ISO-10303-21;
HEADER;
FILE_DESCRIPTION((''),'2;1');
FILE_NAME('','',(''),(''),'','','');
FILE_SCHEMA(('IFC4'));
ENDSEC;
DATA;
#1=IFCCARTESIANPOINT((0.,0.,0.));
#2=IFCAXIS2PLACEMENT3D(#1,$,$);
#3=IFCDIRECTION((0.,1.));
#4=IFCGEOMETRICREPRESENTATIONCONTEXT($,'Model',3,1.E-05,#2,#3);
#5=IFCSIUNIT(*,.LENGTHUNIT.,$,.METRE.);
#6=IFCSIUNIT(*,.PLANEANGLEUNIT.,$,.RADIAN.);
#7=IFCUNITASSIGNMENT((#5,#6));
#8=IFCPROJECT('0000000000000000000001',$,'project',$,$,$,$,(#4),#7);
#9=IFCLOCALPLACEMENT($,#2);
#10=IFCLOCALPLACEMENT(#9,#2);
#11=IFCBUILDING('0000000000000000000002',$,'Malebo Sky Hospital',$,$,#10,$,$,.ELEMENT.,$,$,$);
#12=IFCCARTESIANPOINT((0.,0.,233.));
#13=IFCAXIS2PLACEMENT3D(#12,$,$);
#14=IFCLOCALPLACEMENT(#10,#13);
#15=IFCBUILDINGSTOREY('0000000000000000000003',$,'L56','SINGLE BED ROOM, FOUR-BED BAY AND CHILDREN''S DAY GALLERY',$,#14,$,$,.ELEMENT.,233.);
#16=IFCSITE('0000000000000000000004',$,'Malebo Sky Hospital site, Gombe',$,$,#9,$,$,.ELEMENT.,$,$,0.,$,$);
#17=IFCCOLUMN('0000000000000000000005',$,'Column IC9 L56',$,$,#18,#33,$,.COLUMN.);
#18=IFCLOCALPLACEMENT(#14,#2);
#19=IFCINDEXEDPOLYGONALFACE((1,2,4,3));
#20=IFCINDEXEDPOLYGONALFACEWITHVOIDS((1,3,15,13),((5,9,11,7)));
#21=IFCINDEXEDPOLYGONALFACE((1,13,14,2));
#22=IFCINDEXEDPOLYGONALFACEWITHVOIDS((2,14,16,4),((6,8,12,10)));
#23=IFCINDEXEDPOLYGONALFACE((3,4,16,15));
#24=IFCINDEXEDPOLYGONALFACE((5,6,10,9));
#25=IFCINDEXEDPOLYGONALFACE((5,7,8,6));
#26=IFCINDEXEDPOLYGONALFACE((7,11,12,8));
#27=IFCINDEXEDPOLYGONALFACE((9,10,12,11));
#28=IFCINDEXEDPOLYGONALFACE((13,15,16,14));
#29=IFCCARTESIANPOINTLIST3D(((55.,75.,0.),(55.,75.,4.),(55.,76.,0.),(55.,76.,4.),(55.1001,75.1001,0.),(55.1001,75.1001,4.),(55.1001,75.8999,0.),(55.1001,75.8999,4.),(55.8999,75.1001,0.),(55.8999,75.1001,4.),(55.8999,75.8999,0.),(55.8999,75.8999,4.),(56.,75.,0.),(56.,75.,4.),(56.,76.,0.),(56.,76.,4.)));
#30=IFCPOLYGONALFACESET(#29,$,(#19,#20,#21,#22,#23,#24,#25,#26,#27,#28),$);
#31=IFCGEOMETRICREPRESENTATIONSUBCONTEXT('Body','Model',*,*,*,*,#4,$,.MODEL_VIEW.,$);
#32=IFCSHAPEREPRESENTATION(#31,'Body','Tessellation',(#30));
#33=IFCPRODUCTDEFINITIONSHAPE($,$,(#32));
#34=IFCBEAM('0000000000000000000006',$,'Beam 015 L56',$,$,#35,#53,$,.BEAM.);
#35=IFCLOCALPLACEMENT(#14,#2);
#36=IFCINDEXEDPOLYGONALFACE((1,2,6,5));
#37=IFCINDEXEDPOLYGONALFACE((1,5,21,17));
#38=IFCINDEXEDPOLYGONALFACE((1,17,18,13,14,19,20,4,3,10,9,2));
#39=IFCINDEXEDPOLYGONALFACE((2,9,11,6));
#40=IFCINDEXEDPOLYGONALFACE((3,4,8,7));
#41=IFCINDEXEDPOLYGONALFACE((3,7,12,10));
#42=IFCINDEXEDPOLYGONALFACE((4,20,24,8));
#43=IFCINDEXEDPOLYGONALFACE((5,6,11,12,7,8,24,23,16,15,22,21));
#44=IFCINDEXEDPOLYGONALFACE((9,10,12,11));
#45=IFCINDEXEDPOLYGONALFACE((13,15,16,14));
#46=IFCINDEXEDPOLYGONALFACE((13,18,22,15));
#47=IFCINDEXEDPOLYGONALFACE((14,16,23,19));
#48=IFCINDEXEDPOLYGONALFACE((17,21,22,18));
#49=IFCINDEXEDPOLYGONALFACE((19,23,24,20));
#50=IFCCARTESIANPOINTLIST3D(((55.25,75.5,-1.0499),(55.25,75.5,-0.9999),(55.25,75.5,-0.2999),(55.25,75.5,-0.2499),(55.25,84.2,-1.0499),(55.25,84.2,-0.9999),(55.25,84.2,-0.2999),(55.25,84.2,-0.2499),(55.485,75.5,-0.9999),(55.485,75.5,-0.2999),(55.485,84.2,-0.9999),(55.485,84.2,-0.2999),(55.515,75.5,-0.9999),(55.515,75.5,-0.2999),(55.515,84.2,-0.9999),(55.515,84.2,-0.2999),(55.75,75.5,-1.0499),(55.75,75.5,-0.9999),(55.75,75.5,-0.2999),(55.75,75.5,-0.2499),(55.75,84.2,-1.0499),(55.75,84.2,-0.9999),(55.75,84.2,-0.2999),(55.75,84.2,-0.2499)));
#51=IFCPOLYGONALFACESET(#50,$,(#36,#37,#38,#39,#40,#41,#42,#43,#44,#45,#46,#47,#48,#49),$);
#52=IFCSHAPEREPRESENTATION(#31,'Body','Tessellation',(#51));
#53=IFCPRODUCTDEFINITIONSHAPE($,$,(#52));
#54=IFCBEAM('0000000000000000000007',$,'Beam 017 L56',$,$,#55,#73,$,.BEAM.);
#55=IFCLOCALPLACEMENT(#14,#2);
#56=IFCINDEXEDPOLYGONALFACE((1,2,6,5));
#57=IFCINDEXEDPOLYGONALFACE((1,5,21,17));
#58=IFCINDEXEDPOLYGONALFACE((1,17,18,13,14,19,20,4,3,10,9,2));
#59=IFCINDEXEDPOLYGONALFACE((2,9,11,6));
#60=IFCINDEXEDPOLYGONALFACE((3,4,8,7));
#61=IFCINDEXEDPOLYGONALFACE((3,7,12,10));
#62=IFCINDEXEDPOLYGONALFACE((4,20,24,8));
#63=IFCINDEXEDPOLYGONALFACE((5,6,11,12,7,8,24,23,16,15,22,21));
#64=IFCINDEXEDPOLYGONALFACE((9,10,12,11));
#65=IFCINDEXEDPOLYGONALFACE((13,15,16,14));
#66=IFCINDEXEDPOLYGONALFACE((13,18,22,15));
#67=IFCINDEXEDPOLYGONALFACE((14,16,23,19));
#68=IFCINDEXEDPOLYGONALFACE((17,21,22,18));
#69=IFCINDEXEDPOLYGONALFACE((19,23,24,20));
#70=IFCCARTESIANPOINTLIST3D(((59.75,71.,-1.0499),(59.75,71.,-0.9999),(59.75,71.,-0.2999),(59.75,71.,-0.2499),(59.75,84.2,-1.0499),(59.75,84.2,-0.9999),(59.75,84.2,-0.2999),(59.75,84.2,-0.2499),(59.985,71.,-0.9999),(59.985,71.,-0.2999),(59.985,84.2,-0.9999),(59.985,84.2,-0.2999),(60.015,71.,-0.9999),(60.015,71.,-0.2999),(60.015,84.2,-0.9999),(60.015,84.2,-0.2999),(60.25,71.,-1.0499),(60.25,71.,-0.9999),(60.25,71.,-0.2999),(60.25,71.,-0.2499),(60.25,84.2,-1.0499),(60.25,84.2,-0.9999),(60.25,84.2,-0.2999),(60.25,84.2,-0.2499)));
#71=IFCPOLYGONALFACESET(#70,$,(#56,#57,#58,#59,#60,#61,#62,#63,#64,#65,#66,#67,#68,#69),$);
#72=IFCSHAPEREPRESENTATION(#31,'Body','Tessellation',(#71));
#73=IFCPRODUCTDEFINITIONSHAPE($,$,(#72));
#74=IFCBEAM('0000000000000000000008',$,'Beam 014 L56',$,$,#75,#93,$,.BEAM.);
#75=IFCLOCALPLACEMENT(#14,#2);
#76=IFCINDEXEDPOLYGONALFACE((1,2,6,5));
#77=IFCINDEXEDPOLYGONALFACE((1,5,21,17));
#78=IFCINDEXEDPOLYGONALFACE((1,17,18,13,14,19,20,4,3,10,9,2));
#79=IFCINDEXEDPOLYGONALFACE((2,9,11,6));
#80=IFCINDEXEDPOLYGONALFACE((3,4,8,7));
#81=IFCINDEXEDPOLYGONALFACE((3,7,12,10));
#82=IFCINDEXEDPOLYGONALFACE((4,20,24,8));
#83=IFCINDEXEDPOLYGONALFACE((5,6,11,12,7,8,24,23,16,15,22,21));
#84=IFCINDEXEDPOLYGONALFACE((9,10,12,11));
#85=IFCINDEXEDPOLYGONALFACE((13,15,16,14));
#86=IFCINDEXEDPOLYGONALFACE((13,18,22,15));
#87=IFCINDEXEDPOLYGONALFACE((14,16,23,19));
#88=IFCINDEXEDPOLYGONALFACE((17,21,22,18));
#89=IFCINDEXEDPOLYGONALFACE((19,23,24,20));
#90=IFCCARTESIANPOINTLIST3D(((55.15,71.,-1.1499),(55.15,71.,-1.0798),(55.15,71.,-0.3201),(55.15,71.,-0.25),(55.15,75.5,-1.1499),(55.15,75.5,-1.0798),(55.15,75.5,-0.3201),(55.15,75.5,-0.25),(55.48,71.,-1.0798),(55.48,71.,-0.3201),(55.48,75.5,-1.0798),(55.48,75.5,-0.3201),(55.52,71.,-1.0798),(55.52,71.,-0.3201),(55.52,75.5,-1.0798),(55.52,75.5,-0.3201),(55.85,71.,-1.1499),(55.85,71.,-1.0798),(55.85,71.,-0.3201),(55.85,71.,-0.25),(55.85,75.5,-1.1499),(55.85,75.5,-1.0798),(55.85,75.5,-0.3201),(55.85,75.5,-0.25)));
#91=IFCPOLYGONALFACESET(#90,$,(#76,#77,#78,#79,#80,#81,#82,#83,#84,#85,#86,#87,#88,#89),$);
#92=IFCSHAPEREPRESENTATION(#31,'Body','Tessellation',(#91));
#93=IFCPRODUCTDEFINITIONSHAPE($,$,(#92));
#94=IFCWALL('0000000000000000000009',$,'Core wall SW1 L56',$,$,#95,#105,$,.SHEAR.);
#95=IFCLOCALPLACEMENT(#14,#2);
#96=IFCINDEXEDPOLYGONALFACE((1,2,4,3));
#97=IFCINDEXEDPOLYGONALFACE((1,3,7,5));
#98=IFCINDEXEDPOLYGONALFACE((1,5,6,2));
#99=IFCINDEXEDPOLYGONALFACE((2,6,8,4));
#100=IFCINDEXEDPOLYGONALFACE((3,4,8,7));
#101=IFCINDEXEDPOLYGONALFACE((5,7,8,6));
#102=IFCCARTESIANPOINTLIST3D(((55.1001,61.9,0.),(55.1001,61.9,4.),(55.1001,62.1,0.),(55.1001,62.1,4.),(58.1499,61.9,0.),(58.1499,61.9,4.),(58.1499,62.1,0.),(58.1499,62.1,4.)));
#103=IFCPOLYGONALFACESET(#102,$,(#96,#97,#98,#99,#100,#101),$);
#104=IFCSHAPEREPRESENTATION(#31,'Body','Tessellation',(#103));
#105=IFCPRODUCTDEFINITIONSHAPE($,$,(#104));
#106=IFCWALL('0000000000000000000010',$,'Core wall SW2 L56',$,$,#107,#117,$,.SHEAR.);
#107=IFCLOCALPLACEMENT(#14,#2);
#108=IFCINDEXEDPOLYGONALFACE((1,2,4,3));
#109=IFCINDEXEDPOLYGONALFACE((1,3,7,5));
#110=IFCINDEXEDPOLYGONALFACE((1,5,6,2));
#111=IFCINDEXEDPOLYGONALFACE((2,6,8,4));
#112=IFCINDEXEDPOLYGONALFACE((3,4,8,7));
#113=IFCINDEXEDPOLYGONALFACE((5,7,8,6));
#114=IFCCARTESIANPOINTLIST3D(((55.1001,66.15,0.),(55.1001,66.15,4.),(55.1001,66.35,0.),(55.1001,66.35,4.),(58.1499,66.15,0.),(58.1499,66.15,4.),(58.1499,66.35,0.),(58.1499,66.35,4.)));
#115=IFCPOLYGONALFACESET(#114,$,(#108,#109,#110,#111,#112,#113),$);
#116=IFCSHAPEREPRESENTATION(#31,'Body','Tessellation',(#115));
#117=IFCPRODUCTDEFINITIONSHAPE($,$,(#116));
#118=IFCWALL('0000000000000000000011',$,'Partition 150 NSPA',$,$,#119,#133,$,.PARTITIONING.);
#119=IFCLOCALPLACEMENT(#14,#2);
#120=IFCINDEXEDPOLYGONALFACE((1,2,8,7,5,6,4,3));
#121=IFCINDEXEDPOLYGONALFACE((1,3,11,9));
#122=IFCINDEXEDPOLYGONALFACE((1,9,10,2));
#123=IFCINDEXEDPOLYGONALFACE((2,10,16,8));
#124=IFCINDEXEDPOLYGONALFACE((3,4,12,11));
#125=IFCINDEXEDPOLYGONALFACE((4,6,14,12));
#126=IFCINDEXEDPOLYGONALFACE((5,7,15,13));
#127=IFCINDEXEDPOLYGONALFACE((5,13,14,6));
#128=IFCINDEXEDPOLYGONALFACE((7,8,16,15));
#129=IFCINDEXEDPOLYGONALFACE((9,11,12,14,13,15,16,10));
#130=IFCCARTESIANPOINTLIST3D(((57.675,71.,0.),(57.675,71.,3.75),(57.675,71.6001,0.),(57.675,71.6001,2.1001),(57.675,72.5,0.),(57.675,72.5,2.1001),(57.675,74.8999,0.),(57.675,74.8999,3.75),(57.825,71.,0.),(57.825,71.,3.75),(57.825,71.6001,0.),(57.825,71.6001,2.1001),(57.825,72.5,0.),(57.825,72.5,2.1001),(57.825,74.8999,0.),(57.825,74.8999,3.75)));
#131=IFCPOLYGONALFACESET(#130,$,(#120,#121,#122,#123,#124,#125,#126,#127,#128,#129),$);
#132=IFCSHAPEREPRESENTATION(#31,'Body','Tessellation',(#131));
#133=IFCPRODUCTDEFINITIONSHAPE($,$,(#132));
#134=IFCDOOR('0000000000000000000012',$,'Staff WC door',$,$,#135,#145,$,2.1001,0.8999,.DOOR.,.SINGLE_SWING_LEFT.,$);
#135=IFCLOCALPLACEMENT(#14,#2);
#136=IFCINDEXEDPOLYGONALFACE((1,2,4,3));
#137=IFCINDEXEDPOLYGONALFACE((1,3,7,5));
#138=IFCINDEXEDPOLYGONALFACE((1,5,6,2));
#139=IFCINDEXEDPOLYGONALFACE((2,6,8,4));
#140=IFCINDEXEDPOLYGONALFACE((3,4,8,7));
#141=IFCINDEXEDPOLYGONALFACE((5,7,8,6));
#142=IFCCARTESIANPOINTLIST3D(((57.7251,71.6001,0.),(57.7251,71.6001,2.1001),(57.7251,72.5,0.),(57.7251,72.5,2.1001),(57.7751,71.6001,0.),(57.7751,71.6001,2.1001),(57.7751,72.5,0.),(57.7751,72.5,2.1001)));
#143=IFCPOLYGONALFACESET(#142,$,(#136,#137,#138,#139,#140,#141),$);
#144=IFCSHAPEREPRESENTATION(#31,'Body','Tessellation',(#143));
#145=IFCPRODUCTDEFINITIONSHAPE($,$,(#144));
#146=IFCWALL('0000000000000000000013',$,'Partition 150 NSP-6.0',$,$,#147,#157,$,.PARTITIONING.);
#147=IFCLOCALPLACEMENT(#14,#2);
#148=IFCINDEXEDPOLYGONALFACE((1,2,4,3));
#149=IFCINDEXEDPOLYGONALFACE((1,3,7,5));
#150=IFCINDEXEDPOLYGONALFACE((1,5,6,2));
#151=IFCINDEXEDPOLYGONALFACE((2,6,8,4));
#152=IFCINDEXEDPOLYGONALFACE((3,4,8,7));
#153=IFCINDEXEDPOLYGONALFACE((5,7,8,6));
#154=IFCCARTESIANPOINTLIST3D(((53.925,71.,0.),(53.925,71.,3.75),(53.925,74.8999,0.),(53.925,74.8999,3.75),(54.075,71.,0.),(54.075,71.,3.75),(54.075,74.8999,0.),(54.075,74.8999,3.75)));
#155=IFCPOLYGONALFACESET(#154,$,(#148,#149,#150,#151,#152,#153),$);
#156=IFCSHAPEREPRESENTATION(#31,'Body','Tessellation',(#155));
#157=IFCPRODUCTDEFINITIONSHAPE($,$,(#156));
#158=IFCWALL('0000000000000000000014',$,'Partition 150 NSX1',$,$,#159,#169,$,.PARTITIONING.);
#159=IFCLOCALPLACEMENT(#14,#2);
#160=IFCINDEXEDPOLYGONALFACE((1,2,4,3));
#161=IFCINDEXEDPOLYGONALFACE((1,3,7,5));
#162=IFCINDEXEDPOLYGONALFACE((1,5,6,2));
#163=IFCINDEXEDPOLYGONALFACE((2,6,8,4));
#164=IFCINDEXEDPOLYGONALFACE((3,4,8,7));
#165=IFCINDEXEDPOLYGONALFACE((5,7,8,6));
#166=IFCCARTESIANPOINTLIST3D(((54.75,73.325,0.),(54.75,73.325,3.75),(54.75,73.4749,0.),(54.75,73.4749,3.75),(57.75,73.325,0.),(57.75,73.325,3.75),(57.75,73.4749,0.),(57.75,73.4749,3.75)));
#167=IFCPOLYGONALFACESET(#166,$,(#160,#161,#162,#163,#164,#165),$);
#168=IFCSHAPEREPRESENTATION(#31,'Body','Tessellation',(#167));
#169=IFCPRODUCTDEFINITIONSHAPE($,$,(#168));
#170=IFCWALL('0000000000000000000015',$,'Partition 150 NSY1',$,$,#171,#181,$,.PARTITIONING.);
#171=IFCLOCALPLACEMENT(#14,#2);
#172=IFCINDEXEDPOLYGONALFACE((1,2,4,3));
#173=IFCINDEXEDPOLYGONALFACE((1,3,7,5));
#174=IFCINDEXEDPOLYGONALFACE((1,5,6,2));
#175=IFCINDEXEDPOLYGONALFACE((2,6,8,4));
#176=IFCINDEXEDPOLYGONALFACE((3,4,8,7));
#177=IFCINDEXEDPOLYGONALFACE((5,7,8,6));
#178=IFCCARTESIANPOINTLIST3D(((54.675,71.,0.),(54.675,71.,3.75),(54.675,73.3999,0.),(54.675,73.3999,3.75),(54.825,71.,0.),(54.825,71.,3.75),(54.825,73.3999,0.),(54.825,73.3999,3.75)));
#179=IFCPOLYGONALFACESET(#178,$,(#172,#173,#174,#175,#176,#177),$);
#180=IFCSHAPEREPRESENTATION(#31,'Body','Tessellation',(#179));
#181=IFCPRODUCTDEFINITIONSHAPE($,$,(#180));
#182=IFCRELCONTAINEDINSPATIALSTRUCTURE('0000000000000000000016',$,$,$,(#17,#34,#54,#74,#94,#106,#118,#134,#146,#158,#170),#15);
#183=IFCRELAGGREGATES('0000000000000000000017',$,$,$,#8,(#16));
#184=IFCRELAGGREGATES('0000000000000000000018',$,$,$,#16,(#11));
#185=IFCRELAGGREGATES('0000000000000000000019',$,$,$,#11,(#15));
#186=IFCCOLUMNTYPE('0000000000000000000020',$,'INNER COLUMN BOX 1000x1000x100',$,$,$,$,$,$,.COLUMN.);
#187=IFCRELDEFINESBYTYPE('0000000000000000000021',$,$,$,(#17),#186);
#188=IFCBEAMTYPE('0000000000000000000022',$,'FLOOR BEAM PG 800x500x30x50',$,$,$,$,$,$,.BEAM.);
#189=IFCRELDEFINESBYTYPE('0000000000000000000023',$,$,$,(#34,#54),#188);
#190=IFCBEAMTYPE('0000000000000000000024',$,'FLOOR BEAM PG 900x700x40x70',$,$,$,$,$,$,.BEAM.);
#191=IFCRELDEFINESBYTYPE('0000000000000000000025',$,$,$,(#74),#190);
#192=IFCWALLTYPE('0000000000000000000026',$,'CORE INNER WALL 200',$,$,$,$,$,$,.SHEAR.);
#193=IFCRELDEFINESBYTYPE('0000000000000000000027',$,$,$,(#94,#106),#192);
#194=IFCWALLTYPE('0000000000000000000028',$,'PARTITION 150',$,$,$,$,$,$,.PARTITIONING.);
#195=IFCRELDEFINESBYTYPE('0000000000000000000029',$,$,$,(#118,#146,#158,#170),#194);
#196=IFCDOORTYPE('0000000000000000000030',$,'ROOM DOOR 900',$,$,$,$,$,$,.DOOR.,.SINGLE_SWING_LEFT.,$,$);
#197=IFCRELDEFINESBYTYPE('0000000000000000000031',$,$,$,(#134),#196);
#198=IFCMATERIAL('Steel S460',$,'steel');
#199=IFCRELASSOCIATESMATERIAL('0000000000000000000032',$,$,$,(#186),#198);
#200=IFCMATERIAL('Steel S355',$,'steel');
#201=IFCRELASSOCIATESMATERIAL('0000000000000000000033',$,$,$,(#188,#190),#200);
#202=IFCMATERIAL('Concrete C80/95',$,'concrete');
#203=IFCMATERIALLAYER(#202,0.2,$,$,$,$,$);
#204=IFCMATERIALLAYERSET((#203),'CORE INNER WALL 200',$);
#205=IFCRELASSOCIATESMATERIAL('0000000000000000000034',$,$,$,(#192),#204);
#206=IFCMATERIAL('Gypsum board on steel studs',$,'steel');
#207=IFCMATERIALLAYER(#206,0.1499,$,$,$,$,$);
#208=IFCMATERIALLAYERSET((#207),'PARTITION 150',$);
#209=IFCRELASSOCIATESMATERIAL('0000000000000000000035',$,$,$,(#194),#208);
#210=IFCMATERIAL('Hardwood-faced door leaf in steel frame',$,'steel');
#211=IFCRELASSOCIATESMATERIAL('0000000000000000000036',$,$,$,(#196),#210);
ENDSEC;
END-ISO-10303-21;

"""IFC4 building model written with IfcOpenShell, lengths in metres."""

from ifc_helpers import new_model, si_unit, direction, frame, frame_2d, origin, origin_2d, place, context, subcontext, project, spatial, rectangle, hollow_rectangle, i_section, extrude, material, layer, layer_set, material_profile, profile_set, type_object, element, fill, save


model = new_model("IFC4")

# Units and contexts
model_context = context("Model", 3, precision=1e-05, world=origin(), true_north=direction((0.0, 1.0)))
body_context = subcontext(model_context, "Body", "Model", "MODEL_VIEW")
ifc_project = project(units=[si_unit("LENGTHUNIT", "METRE"), si_unit("PLANEANGLEUNIT", "RADIAN")], contexts=[model_context])

# Site, building, storey
site_placement = place(None, origin())
site = spatial("IfcSite", under=ifc_project, at=site_placement, Name="Malebo Sky Hospital site, Gombe", CompositionType="ELEMENT", RefElevation=0.0)
building_placement = place(site_placement, origin())
building = spatial("IfcBuilding", under=site, at=building_placement, Name="Malebo Sky Hospital", CompositionType="ELEMENT")
storey_placement = place(building_placement, frame((0.0, 0.0, 233.0)))
storey = spatial("IfcBuildingStorey", under=building, at=storey_placement, Name="L56", Description="SINGLE BED ROOM, FOUR-BED BAY AND CHILDREN'S DAY GALLERY", CompositionType="ELEMENT", Elevation=233.0)

# Column
ifc_material_1 = material(Name="Steel S460", Category="steel")
ifc_material_profile_1 = material_profile(ifc_material_1, hollow_rectangle(XDim=1.0, YDim=1.0, WallThickness=0.1001, at=origin_2d()), Name="BOX 1000x1000x100")
ifc_profile_set_1 = profile_set([ifc_material_profile_1], Name="Steel S460")
column_type = type_object("IfcColumnType", Name="INNER COLUMN BOX 1000x1000x100", PredefinedType="COLUMN", material=ifc_profile_set_1)
column_placement = place(storey_placement, frame((55.5, 75.5, 0.0), z_axis=(0.0, 0.0, 1.0), x_axis=(1.0, 0.0, 0.0)))
element("IfcColumn", 1, at=column_placement, inside=storey, type_object=column_type, Name="Column IC9 L56", PredefinedType="COLUMN", context=body_context, shape_type="SweptSolid", body=[
    extrude(hollow_rectangle(XDim=1.0, YDim=1.0, WallThickness=0.1001, at=origin_2d()), origin(), (0.0, 0.0, 1.0), 4.0),
])

# Beams
ifc_material_2 = material(Name="Steel S355", Category="steel")
ifc_material_profile_2 = material_profile(ifc_material_2, i_section(OverallWidth=0.5, OverallDepth=0.8, WebThickness=0.03, FlangeThickness=0.05, at=origin_2d()), Name="PG 800x500x30x50")
ifc_profile_set_2 = profile_set([ifc_material_profile_2], Name="Steel S355")
beam_type_1 = type_object("IfcBeamType", Name="FLOOR BEAM PG 800x500x30x50", PredefinedType="BEAM", material=ifc_profile_set_2)
beam_1_placement = place(storey_placement, frame((55.5, 75.5, -0.6499), z_axis=(0.0, 1.0, 0.0), x_axis=(-1.0, 0.0, 0.0)))
element("IfcBeam", 2, at=beam_1_placement, inside=storey, type_object=beam_type_1, Name="Beam 015 L56", PredefinedType="BEAM", context=body_context, shape_type="SweptSolid", body=[
    extrude(i_section(OverallWidth=0.5, OverallDepth=0.8, WebThickness=0.03, FlangeThickness=0.05, at=origin_2d()), origin(), (0.0, 0.0, 1.0), 8.7),
])
beam_2_placement = place(storey_placement, frame((60.0, 71.0, -0.6499), z_axis=(0.0, 1.0, 0.0), x_axis=(-1.0, 0.0, 0.0)))
element("IfcBeam", 3, at=beam_2_placement, inside=storey, type_object=beam_type_1, Name="Beam 017 L56", PredefinedType="BEAM", context=body_context, shape_type="SweptSolid", body=[
    extrude(i_section(OverallWidth=0.5, OverallDepth=0.8, WebThickness=0.03, FlangeThickness=0.05, at=origin_2d()), origin(), (0.0, 0.0, 1.0), 13.2),
])
ifc_material_profile_3 = material_profile(ifc_material_2, i_section(OverallWidth=0.7, OverallDepth=0.8999, WebThickness=0.04, FlangeThickness=0.0701, at=origin_2d()), Name="PG 900x700x40x70")
ifc_profile_set_3 = profile_set([ifc_material_profile_3], Name="Steel S355")
beam_type_2 = type_object("IfcBeamType", Name="FLOOR BEAM PG 900x700x40x70", PredefinedType="BEAM", material=ifc_profile_set_3)
beam_3_placement = place(storey_placement, frame((55.5, 71.0, -0.7), z_axis=(0.0, 1.0, 0.0), x_axis=(-1.0, 0.0, 0.0)))
element("IfcBeam", 4, at=beam_3_placement, inside=storey, type_object=beam_type_2, Name="Beam 014 L56", PredefinedType="BEAM", context=body_context, shape_type="SweptSolid", body=[
    extrude(i_section(OverallWidth=0.7, OverallDepth=0.8999, WebThickness=0.04, FlangeThickness=0.0701, at=origin_2d()), origin(), (0.0, 0.0, 1.0), 4.5),
])

# Walls
ifc_material_3 = material(Name="Concrete C80/95", Category="concrete")
ifc_layer_1 = layer(ifc_material_3, 0.2)
ifc_layer_set_1 = layer_set([ifc_layer_1], Name="CORE INNER WALL 200")
wall_type_1 = type_object("IfcWallType", Name="CORE INNER WALL 200", PredefinedType="SHEAR", material=ifc_layer_set_1)
for number, where, z_axis, x_axis, name in (
    (5, (55.1001, 62.0, 0.0), (0.0, 0.0, 1.0), (1.0, 0.0, 0.0), "Core wall SW1 L56"),
    (6, (55.1001, 66.25, 0.0), (0.0, 0.0, 1.0), (1.0, 0.0, 0.0), "Core wall SW2 L56"),
):
    element("IfcWall", number, at=place(storey_placement, frame(where, z_axis=z_axis, x_axis=x_axis)), inside=storey, type_object=wall_type_1, Name=name, PredefinedType="SHEAR", context=body_context, shape_type="SweptSolid", body=[
        extrude(rectangle(XDim=3.0498, YDim=0.2, at=frame_2d((1.5249, 0.0))), origin(), (0.0, 0.0, 1.0), 4.0),
    ])

# Wall, opening, door
ifc_material_4 = material(Name="Gypsum board on steel studs", Category="steel")
ifc_layer_2 = layer(ifc_material_4, 0.1499)
ifc_layer_set_2 = layer_set([ifc_layer_2], Name="PARTITION 150")
wall_type_2 = type_object("IfcWallType", Name="PARTITION 150", PredefinedType="PARTITIONING", material=ifc_layer_set_2)
wall_1_placement = place(storey_placement, frame((57.75, 71.0, 0.0), z_axis=(0.0, 0.0, 1.0), x_axis=(0.0, 1.0, 0.0)))
wall_1 = element("IfcWall", 7, at=wall_1_placement, inside=storey, type_object=wall_type_2, Name="Partition 150 NSPA", PredefinedType="PARTITIONING", context=body_context, shape_type="SweptSolid", body=[
    extrude(rectangle(XDim=3.8999, YDim=0.1499, at=frame_2d((1.95, 0.0))), origin(), (0.0, 0.0, 1.0), 3.75),
])
opening_placement = place(wall_1_placement, frame((0.6001, 0.0, 0.0)))
opening = element("IfcOpeningElement", 8, at=opening_placement, cuts=wall_1, PredefinedType="OPENING", context=body_context, shape_type="SweptSolid", body=[
    extrude(rectangle(XDim=0.8999, YDim=2.1001, at=frame_2d((0.45, 1.05))), frame((0.0, 0.085, 0.0), z_axis=(0.0, -1.0, 0.0), x_axis=(1.0, 0.0, 0.0)), (0.0, 0.0, 1.0), 0.1699),
])
ifc_material_5 = material(Name="Hardwood-faced door leaf in steel frame", Category="steel")
door_type = type_object("IfcDoorType", Name="ROOM DOOR 900", OperationType="SINGLE_SWING_LEFT", PredefinedType="DOOR", material=ifc_material_5)
door_placement = place(opening_placement, origin())
door = element("IfcDoor", 9, at=door_placement, inside=storey, type_object=door_type, Name="Staff WC door", OperationType="SINGLE_SWING_LEFT", OverallHeight=2.1001, OverallWidth=0.8999, PredefinedType="DOOR", context=body_context, shape_type="SweptSolid", body=[
    extrude(rectangle(XDim=0.8999, YDim=2.1001, at=frame_2d((0.45, 1.05))), frame((0.0, 0.0249, 0.0), z_axis=(0.0, -1.0, 0.0), x_axis=(1.0, 0.0, 0.0)), (0.0, 0.0, 1.0), 0.05),
])
fill(opening, door)

# Walls
wall_2_placement = place(storey_placement, frame((54.0, 71.0, 0.0), z_axis=(0.0, 0.0, 1.0), x_axis=(0.0, 1.0, 0.0)))
element("IfcWall", 10, at=wall_2_placement, inside=storey, type_object=wall_type_2, Name="Partition 150 NSP-6.0", PredefinedType="PARTITIONING", context=body_context, shape_type="SweptSolid", body=[
    extrude(rectangle(XDim=3.8999, YDim=0.1499, at=frame_2d((1.95, 0.0))), origin(), (0.0, 0.0, 1.0), 3.75),
])
wall_3_placement = place(storey_placement, frame((54.75, 73.3999, 0.0), z_axis=(0.0, 0.0, 1.0), x_axis=(1.0, 0.0, 0.0)))
element("IfcWall", 11, at=wall_3_placement, inside=storey, type_object=wall_type_2, Name="Partition 150 NSX1", PredefinedType="PARTITIONING", context=body_context, shape_type="SweptSolid", body=[
    extrude(rectangle(XDim=3.0, YDim=0.1499, at=frame_2d((1.5, 0.0))), origin(), (0.0, 0.0, 1.0), 3.75),
])
wall_4_placement = place(storey_placement, frame((54.75, 71.0, 0.0), z_axis=(0.0, 0.0, 1.0), x_axis=(0.0, 1.0, 0.0)))
element("IfcWall", 12, at=wall_4_placement, inside=storey, type_object=wall_type_2, Name="Partition 150 NSY1", PredefinedType="PARTITIONING", context=body_context, shape_type="SweptSolid", body=[
    extrude(rectangle(XDim=2.3999, YDim=0.1499, at=frame_2d((1.2, 0.0))), origin(), (0.0, 0.0, 1.0), 3.75),
])

save(model, "model.ifc")
